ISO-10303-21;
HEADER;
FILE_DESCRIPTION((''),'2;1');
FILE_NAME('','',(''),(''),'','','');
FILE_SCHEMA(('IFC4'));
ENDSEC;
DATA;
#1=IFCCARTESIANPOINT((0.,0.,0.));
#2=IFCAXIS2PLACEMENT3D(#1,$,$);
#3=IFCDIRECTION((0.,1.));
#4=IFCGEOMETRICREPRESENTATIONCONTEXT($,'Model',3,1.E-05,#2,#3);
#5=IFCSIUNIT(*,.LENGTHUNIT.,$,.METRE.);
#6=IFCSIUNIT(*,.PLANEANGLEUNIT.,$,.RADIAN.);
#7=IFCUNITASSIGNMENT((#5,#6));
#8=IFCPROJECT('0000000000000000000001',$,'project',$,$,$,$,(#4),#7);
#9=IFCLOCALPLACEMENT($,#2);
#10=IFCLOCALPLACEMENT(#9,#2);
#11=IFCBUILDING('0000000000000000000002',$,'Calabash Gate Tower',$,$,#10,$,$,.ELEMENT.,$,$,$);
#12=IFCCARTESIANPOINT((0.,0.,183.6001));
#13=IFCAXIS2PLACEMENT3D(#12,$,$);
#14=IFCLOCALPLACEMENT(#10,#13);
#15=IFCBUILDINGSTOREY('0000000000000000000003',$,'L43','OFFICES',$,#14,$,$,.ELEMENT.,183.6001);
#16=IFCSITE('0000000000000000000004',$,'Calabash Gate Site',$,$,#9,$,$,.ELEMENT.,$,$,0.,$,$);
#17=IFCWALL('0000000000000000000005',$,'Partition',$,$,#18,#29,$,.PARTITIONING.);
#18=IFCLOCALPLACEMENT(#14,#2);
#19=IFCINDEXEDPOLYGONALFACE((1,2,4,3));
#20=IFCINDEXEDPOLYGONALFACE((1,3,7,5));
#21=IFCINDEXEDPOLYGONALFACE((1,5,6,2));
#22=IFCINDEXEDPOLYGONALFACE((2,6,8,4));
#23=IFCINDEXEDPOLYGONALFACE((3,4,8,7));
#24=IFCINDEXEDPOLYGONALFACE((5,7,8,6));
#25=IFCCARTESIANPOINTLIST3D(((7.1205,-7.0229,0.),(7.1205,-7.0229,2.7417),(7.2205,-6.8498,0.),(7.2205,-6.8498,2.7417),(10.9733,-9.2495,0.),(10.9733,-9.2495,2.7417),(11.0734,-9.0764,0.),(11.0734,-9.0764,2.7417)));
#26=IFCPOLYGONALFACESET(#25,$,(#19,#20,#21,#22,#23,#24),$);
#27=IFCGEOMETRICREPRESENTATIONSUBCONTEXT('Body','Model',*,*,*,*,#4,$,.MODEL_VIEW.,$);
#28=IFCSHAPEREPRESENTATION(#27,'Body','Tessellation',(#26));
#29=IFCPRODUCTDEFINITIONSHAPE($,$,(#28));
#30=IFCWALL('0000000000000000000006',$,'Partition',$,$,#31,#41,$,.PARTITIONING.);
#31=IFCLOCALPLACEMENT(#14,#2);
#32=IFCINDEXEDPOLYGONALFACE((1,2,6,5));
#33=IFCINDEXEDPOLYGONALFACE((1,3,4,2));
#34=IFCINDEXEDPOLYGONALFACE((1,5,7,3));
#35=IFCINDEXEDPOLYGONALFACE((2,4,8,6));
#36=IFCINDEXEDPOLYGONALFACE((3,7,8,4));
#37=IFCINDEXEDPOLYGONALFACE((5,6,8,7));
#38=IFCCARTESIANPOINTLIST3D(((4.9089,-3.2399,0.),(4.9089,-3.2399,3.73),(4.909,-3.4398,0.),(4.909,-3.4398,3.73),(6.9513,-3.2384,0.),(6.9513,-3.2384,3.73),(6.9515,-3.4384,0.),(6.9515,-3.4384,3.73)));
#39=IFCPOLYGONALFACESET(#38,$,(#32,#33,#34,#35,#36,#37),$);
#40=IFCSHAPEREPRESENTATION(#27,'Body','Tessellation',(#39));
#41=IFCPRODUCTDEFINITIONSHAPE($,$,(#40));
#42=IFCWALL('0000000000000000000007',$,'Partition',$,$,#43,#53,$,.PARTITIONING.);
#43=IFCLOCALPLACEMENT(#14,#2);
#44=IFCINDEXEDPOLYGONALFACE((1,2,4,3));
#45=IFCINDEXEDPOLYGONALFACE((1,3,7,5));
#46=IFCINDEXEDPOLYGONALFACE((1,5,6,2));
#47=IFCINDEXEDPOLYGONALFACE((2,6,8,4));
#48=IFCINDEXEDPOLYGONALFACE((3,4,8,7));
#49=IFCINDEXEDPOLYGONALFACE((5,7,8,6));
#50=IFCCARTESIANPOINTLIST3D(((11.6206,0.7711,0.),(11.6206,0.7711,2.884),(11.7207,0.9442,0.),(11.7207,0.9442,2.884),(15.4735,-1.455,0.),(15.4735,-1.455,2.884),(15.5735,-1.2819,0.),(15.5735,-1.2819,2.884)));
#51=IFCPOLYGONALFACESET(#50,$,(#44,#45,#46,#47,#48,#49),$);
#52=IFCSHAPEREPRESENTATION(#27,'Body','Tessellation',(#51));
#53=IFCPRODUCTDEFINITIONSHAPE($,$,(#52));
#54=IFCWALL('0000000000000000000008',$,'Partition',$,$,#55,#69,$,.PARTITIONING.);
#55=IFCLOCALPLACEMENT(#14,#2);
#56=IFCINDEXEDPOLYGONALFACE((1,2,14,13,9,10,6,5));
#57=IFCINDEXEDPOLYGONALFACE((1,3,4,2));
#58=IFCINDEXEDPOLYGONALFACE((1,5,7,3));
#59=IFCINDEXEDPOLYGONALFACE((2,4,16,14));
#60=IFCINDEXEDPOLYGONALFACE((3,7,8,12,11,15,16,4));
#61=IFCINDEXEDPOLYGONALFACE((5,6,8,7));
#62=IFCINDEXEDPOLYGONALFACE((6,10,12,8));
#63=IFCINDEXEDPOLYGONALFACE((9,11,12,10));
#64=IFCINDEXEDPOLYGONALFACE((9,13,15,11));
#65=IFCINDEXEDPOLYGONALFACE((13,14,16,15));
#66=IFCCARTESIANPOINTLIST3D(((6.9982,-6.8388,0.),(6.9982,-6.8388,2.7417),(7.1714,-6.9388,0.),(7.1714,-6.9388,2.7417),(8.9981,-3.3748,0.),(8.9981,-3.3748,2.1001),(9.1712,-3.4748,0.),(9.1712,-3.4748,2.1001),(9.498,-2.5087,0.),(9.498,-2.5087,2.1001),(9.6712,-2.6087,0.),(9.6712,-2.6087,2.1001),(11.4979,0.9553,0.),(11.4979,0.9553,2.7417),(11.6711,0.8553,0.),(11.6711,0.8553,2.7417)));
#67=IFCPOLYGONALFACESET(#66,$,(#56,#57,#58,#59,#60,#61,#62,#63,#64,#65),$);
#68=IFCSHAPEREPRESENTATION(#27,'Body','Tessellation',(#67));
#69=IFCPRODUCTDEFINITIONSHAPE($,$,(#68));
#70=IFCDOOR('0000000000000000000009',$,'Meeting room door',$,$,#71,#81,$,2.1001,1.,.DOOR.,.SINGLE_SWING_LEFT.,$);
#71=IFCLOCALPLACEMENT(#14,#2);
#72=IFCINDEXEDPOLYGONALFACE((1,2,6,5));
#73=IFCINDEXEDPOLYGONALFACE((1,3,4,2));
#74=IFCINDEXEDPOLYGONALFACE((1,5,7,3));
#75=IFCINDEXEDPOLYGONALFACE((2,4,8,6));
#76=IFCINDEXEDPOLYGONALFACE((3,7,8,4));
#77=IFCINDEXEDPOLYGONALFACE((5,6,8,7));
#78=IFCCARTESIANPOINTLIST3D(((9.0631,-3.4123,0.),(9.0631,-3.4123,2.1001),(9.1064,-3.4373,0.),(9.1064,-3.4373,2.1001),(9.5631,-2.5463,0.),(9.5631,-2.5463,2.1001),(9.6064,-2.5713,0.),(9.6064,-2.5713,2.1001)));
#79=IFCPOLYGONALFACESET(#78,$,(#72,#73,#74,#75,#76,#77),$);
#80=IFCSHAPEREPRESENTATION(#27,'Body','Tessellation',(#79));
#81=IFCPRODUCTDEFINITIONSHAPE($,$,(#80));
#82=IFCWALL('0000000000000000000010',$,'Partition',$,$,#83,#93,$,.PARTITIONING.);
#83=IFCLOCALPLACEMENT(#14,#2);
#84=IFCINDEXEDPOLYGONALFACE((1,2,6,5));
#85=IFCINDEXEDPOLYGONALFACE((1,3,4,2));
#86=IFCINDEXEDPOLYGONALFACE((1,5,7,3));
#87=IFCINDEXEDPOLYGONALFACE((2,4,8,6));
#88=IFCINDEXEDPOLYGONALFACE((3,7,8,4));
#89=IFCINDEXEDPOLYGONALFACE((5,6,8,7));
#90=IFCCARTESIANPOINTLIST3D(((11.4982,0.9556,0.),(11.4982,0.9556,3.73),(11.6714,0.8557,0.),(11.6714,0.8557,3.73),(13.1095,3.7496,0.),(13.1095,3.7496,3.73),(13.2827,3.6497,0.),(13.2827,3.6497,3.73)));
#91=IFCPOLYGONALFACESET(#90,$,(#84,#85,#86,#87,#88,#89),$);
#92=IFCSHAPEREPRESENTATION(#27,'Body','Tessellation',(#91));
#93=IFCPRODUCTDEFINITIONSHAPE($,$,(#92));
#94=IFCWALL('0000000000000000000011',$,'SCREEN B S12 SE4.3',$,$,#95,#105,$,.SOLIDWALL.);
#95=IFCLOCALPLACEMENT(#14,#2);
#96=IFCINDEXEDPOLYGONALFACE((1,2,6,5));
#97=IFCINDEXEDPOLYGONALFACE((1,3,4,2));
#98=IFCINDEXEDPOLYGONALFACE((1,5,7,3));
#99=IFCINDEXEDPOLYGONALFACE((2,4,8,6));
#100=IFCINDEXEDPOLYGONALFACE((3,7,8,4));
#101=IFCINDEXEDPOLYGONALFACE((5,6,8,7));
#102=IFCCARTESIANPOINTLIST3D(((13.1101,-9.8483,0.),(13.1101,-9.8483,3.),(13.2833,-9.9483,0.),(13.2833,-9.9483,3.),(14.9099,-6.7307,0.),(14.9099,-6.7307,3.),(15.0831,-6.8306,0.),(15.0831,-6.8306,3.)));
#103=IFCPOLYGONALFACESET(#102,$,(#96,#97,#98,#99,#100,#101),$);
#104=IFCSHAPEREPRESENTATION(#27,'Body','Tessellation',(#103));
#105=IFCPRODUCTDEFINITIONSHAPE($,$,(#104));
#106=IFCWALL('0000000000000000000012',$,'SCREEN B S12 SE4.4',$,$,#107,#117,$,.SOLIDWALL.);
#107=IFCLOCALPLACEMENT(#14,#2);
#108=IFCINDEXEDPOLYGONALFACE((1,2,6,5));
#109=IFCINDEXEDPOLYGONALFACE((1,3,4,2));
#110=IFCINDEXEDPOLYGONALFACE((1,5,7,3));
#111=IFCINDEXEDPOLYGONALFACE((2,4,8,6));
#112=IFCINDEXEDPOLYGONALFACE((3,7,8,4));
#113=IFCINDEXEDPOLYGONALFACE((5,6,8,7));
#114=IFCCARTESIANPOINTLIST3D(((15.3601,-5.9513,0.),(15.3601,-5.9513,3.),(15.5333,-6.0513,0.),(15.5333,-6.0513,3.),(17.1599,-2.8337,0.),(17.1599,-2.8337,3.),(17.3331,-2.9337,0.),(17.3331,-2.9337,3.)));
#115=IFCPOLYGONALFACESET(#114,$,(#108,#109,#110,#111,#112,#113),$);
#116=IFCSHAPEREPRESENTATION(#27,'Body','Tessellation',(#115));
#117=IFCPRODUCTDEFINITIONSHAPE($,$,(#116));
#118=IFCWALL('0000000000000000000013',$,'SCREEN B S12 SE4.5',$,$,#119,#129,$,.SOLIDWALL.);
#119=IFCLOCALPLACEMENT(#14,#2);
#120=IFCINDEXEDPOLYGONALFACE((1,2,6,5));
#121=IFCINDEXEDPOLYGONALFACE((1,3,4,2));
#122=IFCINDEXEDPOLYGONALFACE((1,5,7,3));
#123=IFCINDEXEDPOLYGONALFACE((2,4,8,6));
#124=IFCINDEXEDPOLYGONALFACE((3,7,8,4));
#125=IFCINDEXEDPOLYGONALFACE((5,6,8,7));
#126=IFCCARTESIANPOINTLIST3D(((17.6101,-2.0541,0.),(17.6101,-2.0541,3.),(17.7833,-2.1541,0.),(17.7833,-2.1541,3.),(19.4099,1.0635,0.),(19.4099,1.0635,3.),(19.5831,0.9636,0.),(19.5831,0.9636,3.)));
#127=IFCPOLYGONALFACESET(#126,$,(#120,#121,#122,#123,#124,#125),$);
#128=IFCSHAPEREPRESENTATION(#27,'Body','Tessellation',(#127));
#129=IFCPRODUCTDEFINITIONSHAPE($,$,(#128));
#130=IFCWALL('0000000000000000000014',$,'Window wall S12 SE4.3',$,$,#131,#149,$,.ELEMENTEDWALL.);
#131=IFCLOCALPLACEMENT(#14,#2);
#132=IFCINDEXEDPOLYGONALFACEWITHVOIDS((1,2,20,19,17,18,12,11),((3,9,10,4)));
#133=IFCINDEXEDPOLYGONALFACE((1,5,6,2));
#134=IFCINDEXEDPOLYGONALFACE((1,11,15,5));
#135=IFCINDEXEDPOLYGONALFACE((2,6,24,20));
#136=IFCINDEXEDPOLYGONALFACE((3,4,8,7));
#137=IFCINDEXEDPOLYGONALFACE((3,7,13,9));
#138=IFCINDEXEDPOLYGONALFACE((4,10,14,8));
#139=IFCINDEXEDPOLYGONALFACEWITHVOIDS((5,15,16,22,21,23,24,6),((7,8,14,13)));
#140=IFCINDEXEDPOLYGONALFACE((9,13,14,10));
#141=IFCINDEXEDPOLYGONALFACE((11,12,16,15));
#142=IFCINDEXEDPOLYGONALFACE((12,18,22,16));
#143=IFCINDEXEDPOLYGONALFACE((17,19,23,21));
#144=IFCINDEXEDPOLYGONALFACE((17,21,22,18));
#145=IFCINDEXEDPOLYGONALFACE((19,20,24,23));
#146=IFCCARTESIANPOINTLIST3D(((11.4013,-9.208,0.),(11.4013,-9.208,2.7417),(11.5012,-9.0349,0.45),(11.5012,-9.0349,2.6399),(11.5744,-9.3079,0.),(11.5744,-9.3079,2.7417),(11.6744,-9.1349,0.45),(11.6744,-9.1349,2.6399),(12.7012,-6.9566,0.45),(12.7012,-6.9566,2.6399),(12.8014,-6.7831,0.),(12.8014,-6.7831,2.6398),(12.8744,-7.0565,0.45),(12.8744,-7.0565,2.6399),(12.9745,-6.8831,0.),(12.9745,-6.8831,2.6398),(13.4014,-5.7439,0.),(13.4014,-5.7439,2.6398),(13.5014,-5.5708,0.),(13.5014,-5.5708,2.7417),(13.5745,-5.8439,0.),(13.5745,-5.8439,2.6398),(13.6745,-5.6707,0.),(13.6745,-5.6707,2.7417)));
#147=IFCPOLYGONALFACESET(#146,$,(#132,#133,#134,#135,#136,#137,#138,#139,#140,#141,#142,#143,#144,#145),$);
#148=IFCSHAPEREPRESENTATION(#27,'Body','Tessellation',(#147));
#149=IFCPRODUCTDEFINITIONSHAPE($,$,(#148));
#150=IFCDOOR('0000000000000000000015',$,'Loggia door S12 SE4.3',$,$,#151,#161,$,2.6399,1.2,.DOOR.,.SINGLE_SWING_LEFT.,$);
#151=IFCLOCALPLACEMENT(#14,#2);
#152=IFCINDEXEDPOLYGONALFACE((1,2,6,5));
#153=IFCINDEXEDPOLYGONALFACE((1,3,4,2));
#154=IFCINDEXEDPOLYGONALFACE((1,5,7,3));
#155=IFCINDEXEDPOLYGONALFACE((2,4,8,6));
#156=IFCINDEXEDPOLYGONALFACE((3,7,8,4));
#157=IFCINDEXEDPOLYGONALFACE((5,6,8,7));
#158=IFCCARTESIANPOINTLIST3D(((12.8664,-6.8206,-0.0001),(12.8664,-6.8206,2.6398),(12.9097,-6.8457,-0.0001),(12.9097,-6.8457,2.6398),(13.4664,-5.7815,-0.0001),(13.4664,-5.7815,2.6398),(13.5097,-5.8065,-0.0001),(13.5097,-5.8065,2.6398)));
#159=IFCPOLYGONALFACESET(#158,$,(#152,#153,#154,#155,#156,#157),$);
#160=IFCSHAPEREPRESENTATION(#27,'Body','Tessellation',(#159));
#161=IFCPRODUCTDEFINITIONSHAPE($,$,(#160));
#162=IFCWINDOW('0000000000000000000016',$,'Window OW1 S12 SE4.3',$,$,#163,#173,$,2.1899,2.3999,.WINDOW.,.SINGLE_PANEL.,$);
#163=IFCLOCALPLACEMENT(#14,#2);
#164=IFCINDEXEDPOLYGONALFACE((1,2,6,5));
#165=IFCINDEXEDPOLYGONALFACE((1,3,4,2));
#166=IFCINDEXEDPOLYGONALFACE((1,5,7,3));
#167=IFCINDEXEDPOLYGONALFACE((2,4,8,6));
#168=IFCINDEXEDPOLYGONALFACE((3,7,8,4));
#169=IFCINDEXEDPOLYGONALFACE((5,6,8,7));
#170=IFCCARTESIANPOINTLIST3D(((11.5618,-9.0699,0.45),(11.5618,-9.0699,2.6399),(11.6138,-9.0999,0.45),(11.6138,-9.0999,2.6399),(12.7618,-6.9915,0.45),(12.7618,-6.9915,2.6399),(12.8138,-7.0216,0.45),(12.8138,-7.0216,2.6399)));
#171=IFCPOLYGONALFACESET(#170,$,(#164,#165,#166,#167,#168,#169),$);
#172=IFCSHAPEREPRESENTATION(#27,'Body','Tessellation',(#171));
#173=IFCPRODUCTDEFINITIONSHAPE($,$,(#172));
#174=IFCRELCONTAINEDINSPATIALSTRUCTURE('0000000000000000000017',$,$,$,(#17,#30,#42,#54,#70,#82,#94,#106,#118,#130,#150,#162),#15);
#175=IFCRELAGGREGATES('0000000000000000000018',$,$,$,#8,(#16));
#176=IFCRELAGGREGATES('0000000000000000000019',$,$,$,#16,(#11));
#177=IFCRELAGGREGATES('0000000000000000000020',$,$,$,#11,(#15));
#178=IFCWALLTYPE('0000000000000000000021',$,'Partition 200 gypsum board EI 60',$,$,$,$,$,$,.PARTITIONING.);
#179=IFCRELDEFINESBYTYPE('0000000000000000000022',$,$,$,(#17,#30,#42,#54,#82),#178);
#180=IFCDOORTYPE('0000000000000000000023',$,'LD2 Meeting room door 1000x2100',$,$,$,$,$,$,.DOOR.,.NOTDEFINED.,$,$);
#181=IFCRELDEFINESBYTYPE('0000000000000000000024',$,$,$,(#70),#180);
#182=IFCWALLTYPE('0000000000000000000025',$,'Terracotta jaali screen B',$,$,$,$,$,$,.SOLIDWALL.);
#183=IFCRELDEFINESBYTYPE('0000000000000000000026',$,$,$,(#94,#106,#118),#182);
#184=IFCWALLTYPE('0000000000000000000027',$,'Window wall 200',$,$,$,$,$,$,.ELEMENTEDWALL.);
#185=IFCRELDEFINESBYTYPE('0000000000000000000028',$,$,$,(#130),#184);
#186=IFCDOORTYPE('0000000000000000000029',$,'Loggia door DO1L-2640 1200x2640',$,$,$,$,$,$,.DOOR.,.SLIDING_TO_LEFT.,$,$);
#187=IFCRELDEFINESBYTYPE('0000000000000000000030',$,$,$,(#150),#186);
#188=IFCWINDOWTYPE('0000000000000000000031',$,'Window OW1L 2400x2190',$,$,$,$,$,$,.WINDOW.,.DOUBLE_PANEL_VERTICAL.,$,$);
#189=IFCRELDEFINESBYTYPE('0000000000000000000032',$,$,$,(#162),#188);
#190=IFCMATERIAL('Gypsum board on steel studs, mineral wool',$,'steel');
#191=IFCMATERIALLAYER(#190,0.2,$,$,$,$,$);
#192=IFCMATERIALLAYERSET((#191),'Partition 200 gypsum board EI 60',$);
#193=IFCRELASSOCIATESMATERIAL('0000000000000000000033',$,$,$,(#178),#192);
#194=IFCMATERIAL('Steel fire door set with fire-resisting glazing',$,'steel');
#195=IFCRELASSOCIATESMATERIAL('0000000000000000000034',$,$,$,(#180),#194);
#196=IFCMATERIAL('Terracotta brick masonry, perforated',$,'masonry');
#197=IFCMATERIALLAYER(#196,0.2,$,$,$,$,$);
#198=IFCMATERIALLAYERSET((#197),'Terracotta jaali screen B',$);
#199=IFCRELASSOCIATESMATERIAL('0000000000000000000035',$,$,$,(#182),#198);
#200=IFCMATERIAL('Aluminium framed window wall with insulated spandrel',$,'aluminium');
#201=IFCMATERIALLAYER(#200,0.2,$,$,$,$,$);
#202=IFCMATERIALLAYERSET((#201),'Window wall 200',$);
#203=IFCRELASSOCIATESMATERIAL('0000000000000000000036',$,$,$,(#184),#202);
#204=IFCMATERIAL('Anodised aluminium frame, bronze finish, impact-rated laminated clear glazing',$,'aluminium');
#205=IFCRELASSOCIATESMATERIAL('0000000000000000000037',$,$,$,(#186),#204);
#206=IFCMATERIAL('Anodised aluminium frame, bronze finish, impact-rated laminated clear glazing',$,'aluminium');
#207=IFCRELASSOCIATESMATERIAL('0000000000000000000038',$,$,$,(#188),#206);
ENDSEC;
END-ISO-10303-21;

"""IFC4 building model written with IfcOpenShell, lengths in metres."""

from ifc_helpers import new_model, si_unit, direction, frame, frame_2d, origin, place, context, subcontext, project, spatial, rectangle, extrude, material, layer, layer_set, type_object, element, fill, save


model = new_model("IFC4")

# Units and contexts
model_context = context("Model", 3, precision=1e-05, world=origin(), true_north=direction((0.0, 1.0)))
body_context = subcontext(model_context, "Body", "Model", "MODEL_VIEW")
ifc_project = project(units=[si_unit("LENGTHUNIT", "METRE"), si_unit("PLANEANGLEUNIT", "RADIAN")], contexts=[model_context])

# Site, building, storey
site_placement = place(None, origin())
site = spatial("IfcSite", under=ifc_project, at=site_placement, Name="Calabash Gate Site", CompositionType="ELEMENT", RefElevation=0.0)
building_placement = place(site_placement, origin())
building = spatial("IfcBuilding", under=site, at=building_placement, Name="Calabash Gate Tower", CompositionType="ELEMENT")
storey_placement = place(building_placement, frame((0.0, 0.0, 183.6001)))
storey = spatial("IfcBuildingStorey", under=building, at=storey_placement, Name="L43", Description="OFFICES", CompositionType="ELEMENT", Elevation=183.6001)

# Walls
ifc_material_1 = material(Name="Gypsum board on steel studs, mineral wool", Category="steel")
ifc_layer_1 = layer(ifc_material_1, 0.2)
ifc_layer_set_1 = layer_set([ifc_layer_1], Name="Partition 200 gypsum board EI 60")
wall_type_1 = type_object("IfcWallType", Name="Partition 200 gypsum board EI 60", PredefinedType="PARTITIONING", material=ifc_layer_set_1)
wall_1_placement = place(storey_placement, frame((7.1704, -6.9363, 0.0), z_axis=(0.0, 0.0, 1.0), x_axis=(0.865815, -0.500364, 0.0)))
element("IfcWall", 1, at=wall_1_placement, inside=storey, type_object=wall_type_1, Name="Partition", PredefinedType="PARTITIONING", context=body_context, shape_type="SweptSolid", body=[
    extrude(rectangle(XDim=4.45, YDim=0.2, at=frame_2d((2.2251, 0.0))), origin(), (0.0, 0.0, 1.0), 2.7417),
])
wall_2_placement = place(storey_placement, frame((4.9089, -3.3398, 0.0), z_axis=(0.0, 0.0, 1.0), x_axis=(1.0, 0.000717, 0.0)))
element("IfcWall", 2, at=wall_2_placement, inside=storey, type_object=wall_type_1, Name="Partition", PredefinedType="PARTITIONING", context=body_context, shape_type="SweptSolid", body=[
    extrude(rectangle(XDim=2.0425, YDim=0.2, at=frame_2d((1.0212, 0.0))), origin(), (0.0, 0.0, 1.0), 3.73),
])
wall_3_placement = place(storey_placement, frame((11.6707, 0.8577, 0.0), z_axis=(0.0, 0.0, 1.0), x_axis=(0.865863, -0.500281, 0.0)))
element("IfcWall", 3, at=wall_3_placement, inside=storey, type_object=wall_type_1, Name="Partition", PredefinedType="PARTITIONING", context=body_context, shape_type="SweptSolid", body=[
    extrude(rectangle(XDim=4.4497, YDim=0.2, at=frame_2d((2.2249, 0.0))), origin(), (0.0, 0.0, 1.0), 2.884),
])

# Wall, opening, door
wall_4_placement = place(storey_placement, frame((7.0847, -6.8889, 0.0), z_axis=(0.0, 0.0, 1.0), x_axis=(0.499982, 0.866036, 0.0)))
wall_4 = element("IfcWall", 4, at=wall_4_placement, inside=storey, type_object=wall_type_1, Name="Partition", PredefinedType="PARTITIONING", context=body_context, shape_type="SweptSolid", body=[
    extrude(rectangle(XDim=8.9998, YDim=0.2, at=frame_2d((4.5, 0.0))), origin(), (0.0, 0.0, 1.0), 2.7417),
])
opening_1_placement = place(wall_4_placement, frame((4.0, 0.0, 0.0)))
opening_1 = element("IfcOpeningElement", 5, at=opening_1_placement, cuts=wall_4, PredefinedType="OPENING", context=body_context, shape_type="SweptSolid", body=[
    extrude(rectangle(XDim=1.0, YDim=2.1001, at=frame_2d((0.5, 1.05))), frame((0.0, 0.1099, 0.0), z_axis=(0.0, -1.0, 0.0), x_axis=(1.0, 0.0, 0.0)), (0.0, 0.0, 1.0), 0.22),
])
ifc_material_2 = material(Name="Steel fire door set with fire-resisting glazing", Category="steel")
door_type_1 = type_object("IfcDoorType", Name="LD2 Meeting room door 1000x2100", OperationType="NOTDEFINED", PredefinedType="DOOR", material=ifc_material_2)
door_1_placement = place(opening_1_placement, origin())
door_1 = element("IfcDoor", 6, at=door_1_placement, inside=storey, type_object=door_type_1, Name="Meeting room door", OperationType="SINGLE_SWING_LEFT", OverallHeight=2.1001, OverallWidth=1.0, PredefinedType="DOOR", context=body_context, shape_type="SweptSolid", body=[
    extrude(rectangle(XDim=1.0, YDim=2.1001, at=frame_2d((0.5, 1.05))), frame((0.0, 0.0249, 0.0), z_axis=(0.0, -1.0, 0.0), x_axis=(1.0, 0.0, 0.0)), (0.0, 0.0, 1.0), 0.05),
])
fill(opening_1, door_1)

# Walls
wall_5_placement = place(storey_placement, frame((11.5847, 0.9055, 0.0), z_axis=(0.0, 0.0, 1.0), x_axis=(0.499591, 0.866261, 0.0)))
element("IfcWall", 7, at=wall_5_placement, inside=storey, type_object=wall_type_1, Name="Partition", PredefinedType="PARTITIONING", context=body_context, shape_type="SweptSolid", body=[
    extrude(rectangle(XDim=3.2253, YDim=0.2, at=frame_2d((1.6128, 0.0))), origin(), (0.0, 0.0, 1.0), 3.73),
])
ifc_material_3 = material(Name="Terracotta brick masonry, perforated", Category="masonry")
ifc_layer_2 = layer(ifc_material_3, 0.2)
ifc_layer_set_2 = layer_set([ifc_layer_2], Name="Terracotta jaali screen B")
wall_type_2 = type_object("IfcWallType", Name="Terracotta jaali screen B", PredefinedType="SOLIDWALL", material=ifc_layer_set_2)
for number, where, z_axis, x_axis, name in (
    (8, (13.1968, -9.8982, 0.0), (0.0, 0.0, 1.0), (0.499961, 0.866048, 0.0), "SCREEN B S12 SE4.3"),
    (9, (15.4468, -6.0012, 0.0), (0.0, 0.0, 1.0), (0.499961, 0.866048, 0.0), "SCREEN B S12 SE4.4"),
    (10, (17.6968, -2.104, 0.0), (0.0, 0.0, 1.0), (0.499961, 0.866048, 0.0), "SCREEN B S12 SE4.5"),
):
    element("IfcWall", number, at=place(storey_placement, frame(where, z_axis=z_axis, x_axis=x_axis)), inside=storey, type_object=wall_type_2, Name=name, PredefinedType="SOLIDWALL", context=body_context, shape_type="SweptSolid", body=[
        extrude(rectangle(XDim=3.5999, YDim=0.2, at=frame_2d((1.7998, 0.0))), origin(), (0.0, 0.0, 1.0), 3.0),
    ])

# Wall, openings, door, window
ifc_material_4 = material(Name="Aluminium framed window wall with insulated spandrel", Category="aluminium")
ifc_layer_3 = layer(ifc_material_4, 0.2)
ifc_layer_set_3 = layer_set([ifc_layer_3], Name="Window wall 200")
wall_type_3 = type_object("IfcWallType", Name="Window wall 200", PredefinedType="ELEMENTEDWALL", material=ifc_layer_set_3)
wall_6_placement = place(storey_placement, frame((11.4878, -9.2581, 0.0), z_axis=(0.0, 0.0, 1.0), x_axis=(0.500028, 0.866009, 0.0)))
wall_6 = element("IfcWall", 11, at=wall_6_placement, inside=storey, type_object=wall_type_3, Name="Window wall S12 SE4.3", PredefinedType="ELEMENTEDWALL", context=body_context, shape_type="SweptSolid", body=[
    extrude(rectangle(XDim=4.2, YDim=0.2, at=frame_2d((2.1001, 0.0))), origin(), (0.0, 0.0, 1.0), 2.7417),
])
opening_2_placement = place(wall_6_placement, frame((0.2, 0.0, 0.45)))
opening_2 = element("IfcOpeningElement", 12, at=opening_2_placement, cuts=wall_6, PredefinedType="OPENING", context=body_context, shape_type="SweptSolid", body=[
    extrude(rectangle(XDim=2.3999, YDim=2.1899, at=frame_2d((1.2, 1.095))), frame((0.0, 0.1099, 0.0), z_axis=(0.0, -1.0, 0.0), x_axis=(1.0, 0.0, 0.0)), (0.0, 0.0, 1.0), 0.22),
])
opening_3_placement = place(wall_6_placement, frame((2.8, 0.0, 0.0)))
opening_3 = element("IfcOpeningElement", 13, at=opening_3_placement, cuts=wall_6, PredefinedType="OPENING", context=body_context, shape_type="SweptSolid", body=[
    extrude(rectangle(XDim=1.2, YDim=2.6399, at=frame_2d((0.6001, 1.3198))), frame((0.0, 0.1099, 0.0), z_axis=(0.0, -1.0, 0.0), x_axis=(1.0, 0.0, 0.0)), (0.0, 0.0, 1.0), 0.22),
])
ifc_material_5 = material(Name="Anodised aluminium frame, bronze finish, impact-rated laminated clear glazing", Category="aluminium")
door_type_2 = type_object("IfcDoorType", Name="Loggia door DO1L-2640 1200x2640", OperationType="SLIDING_TO_LEFT", PredefinedType="DOOR", material=ifc_material_5)
door_2_placement = place(opening_3_placement, origin())
door_2 = element("IfcDoor", 14, at=door_2_placement, inside=storey, type_object=door_type_2, Name="Loggia door S12 SE4.3", OperationType="SINGLE_SWING_LEFT", OverallHeight=2.6399, OverallWidth=1.2, PredefinedType="DOOR", context=body_context, shape_type="SweptSolid", body=[
    extrude(rectangle(XDim=1.2, YDim=2.6399, at=frame_2d((0.6001, 1.3198))), frame((0.0, 0.0249, 0.0), z_axis=(0.0, -1.0, 0.0), x_axis=(1.0, 0.0, 0.0)), (0.0, 0.0, 1.0), 0.05),
])
fill(opening_3, door_2)
ifc_material_6 = material(Name="Anodised aluminium frame, bronze finish, impact-rated laminated clear glazing", Category="aluminium")
window_type_1 = type_object("IfcWindowType", Name="Window OW1L 2400x2190", PartitioningType="DOUBLE_PANEL_VERTICAL", PredefinedType="WINDOW", material=ifc_material_6)
window_1_placement = place(opening_2_placement, origin())
window_1 = element("IfcWindow", 15, at=window_1_placement, inside=storey, type_object=window_type_1, Name="Window OW1 S12 SE4.3", OverallHeight=2.1899, OverallWidth=2.3999, PartitioningType="SINGLE_PANEL", PredefinedType="WINDOW", context=body_context, shape_type="SweptSolid", body=[
    extrude(rectangle(XDim=2.3999, YDim=2.1899, at=frame_2d((1.2, 1.095))), frame((0.0, 0.03, 0.0), z_axis=(0.0, -1.0, 0.0), x_axis=(1.0, 0.0, 0.0)), (0.0, 0.0, 1.0), 0.0601),
])
fill(opening_2, window_1)

save(model, "model.ifc")
